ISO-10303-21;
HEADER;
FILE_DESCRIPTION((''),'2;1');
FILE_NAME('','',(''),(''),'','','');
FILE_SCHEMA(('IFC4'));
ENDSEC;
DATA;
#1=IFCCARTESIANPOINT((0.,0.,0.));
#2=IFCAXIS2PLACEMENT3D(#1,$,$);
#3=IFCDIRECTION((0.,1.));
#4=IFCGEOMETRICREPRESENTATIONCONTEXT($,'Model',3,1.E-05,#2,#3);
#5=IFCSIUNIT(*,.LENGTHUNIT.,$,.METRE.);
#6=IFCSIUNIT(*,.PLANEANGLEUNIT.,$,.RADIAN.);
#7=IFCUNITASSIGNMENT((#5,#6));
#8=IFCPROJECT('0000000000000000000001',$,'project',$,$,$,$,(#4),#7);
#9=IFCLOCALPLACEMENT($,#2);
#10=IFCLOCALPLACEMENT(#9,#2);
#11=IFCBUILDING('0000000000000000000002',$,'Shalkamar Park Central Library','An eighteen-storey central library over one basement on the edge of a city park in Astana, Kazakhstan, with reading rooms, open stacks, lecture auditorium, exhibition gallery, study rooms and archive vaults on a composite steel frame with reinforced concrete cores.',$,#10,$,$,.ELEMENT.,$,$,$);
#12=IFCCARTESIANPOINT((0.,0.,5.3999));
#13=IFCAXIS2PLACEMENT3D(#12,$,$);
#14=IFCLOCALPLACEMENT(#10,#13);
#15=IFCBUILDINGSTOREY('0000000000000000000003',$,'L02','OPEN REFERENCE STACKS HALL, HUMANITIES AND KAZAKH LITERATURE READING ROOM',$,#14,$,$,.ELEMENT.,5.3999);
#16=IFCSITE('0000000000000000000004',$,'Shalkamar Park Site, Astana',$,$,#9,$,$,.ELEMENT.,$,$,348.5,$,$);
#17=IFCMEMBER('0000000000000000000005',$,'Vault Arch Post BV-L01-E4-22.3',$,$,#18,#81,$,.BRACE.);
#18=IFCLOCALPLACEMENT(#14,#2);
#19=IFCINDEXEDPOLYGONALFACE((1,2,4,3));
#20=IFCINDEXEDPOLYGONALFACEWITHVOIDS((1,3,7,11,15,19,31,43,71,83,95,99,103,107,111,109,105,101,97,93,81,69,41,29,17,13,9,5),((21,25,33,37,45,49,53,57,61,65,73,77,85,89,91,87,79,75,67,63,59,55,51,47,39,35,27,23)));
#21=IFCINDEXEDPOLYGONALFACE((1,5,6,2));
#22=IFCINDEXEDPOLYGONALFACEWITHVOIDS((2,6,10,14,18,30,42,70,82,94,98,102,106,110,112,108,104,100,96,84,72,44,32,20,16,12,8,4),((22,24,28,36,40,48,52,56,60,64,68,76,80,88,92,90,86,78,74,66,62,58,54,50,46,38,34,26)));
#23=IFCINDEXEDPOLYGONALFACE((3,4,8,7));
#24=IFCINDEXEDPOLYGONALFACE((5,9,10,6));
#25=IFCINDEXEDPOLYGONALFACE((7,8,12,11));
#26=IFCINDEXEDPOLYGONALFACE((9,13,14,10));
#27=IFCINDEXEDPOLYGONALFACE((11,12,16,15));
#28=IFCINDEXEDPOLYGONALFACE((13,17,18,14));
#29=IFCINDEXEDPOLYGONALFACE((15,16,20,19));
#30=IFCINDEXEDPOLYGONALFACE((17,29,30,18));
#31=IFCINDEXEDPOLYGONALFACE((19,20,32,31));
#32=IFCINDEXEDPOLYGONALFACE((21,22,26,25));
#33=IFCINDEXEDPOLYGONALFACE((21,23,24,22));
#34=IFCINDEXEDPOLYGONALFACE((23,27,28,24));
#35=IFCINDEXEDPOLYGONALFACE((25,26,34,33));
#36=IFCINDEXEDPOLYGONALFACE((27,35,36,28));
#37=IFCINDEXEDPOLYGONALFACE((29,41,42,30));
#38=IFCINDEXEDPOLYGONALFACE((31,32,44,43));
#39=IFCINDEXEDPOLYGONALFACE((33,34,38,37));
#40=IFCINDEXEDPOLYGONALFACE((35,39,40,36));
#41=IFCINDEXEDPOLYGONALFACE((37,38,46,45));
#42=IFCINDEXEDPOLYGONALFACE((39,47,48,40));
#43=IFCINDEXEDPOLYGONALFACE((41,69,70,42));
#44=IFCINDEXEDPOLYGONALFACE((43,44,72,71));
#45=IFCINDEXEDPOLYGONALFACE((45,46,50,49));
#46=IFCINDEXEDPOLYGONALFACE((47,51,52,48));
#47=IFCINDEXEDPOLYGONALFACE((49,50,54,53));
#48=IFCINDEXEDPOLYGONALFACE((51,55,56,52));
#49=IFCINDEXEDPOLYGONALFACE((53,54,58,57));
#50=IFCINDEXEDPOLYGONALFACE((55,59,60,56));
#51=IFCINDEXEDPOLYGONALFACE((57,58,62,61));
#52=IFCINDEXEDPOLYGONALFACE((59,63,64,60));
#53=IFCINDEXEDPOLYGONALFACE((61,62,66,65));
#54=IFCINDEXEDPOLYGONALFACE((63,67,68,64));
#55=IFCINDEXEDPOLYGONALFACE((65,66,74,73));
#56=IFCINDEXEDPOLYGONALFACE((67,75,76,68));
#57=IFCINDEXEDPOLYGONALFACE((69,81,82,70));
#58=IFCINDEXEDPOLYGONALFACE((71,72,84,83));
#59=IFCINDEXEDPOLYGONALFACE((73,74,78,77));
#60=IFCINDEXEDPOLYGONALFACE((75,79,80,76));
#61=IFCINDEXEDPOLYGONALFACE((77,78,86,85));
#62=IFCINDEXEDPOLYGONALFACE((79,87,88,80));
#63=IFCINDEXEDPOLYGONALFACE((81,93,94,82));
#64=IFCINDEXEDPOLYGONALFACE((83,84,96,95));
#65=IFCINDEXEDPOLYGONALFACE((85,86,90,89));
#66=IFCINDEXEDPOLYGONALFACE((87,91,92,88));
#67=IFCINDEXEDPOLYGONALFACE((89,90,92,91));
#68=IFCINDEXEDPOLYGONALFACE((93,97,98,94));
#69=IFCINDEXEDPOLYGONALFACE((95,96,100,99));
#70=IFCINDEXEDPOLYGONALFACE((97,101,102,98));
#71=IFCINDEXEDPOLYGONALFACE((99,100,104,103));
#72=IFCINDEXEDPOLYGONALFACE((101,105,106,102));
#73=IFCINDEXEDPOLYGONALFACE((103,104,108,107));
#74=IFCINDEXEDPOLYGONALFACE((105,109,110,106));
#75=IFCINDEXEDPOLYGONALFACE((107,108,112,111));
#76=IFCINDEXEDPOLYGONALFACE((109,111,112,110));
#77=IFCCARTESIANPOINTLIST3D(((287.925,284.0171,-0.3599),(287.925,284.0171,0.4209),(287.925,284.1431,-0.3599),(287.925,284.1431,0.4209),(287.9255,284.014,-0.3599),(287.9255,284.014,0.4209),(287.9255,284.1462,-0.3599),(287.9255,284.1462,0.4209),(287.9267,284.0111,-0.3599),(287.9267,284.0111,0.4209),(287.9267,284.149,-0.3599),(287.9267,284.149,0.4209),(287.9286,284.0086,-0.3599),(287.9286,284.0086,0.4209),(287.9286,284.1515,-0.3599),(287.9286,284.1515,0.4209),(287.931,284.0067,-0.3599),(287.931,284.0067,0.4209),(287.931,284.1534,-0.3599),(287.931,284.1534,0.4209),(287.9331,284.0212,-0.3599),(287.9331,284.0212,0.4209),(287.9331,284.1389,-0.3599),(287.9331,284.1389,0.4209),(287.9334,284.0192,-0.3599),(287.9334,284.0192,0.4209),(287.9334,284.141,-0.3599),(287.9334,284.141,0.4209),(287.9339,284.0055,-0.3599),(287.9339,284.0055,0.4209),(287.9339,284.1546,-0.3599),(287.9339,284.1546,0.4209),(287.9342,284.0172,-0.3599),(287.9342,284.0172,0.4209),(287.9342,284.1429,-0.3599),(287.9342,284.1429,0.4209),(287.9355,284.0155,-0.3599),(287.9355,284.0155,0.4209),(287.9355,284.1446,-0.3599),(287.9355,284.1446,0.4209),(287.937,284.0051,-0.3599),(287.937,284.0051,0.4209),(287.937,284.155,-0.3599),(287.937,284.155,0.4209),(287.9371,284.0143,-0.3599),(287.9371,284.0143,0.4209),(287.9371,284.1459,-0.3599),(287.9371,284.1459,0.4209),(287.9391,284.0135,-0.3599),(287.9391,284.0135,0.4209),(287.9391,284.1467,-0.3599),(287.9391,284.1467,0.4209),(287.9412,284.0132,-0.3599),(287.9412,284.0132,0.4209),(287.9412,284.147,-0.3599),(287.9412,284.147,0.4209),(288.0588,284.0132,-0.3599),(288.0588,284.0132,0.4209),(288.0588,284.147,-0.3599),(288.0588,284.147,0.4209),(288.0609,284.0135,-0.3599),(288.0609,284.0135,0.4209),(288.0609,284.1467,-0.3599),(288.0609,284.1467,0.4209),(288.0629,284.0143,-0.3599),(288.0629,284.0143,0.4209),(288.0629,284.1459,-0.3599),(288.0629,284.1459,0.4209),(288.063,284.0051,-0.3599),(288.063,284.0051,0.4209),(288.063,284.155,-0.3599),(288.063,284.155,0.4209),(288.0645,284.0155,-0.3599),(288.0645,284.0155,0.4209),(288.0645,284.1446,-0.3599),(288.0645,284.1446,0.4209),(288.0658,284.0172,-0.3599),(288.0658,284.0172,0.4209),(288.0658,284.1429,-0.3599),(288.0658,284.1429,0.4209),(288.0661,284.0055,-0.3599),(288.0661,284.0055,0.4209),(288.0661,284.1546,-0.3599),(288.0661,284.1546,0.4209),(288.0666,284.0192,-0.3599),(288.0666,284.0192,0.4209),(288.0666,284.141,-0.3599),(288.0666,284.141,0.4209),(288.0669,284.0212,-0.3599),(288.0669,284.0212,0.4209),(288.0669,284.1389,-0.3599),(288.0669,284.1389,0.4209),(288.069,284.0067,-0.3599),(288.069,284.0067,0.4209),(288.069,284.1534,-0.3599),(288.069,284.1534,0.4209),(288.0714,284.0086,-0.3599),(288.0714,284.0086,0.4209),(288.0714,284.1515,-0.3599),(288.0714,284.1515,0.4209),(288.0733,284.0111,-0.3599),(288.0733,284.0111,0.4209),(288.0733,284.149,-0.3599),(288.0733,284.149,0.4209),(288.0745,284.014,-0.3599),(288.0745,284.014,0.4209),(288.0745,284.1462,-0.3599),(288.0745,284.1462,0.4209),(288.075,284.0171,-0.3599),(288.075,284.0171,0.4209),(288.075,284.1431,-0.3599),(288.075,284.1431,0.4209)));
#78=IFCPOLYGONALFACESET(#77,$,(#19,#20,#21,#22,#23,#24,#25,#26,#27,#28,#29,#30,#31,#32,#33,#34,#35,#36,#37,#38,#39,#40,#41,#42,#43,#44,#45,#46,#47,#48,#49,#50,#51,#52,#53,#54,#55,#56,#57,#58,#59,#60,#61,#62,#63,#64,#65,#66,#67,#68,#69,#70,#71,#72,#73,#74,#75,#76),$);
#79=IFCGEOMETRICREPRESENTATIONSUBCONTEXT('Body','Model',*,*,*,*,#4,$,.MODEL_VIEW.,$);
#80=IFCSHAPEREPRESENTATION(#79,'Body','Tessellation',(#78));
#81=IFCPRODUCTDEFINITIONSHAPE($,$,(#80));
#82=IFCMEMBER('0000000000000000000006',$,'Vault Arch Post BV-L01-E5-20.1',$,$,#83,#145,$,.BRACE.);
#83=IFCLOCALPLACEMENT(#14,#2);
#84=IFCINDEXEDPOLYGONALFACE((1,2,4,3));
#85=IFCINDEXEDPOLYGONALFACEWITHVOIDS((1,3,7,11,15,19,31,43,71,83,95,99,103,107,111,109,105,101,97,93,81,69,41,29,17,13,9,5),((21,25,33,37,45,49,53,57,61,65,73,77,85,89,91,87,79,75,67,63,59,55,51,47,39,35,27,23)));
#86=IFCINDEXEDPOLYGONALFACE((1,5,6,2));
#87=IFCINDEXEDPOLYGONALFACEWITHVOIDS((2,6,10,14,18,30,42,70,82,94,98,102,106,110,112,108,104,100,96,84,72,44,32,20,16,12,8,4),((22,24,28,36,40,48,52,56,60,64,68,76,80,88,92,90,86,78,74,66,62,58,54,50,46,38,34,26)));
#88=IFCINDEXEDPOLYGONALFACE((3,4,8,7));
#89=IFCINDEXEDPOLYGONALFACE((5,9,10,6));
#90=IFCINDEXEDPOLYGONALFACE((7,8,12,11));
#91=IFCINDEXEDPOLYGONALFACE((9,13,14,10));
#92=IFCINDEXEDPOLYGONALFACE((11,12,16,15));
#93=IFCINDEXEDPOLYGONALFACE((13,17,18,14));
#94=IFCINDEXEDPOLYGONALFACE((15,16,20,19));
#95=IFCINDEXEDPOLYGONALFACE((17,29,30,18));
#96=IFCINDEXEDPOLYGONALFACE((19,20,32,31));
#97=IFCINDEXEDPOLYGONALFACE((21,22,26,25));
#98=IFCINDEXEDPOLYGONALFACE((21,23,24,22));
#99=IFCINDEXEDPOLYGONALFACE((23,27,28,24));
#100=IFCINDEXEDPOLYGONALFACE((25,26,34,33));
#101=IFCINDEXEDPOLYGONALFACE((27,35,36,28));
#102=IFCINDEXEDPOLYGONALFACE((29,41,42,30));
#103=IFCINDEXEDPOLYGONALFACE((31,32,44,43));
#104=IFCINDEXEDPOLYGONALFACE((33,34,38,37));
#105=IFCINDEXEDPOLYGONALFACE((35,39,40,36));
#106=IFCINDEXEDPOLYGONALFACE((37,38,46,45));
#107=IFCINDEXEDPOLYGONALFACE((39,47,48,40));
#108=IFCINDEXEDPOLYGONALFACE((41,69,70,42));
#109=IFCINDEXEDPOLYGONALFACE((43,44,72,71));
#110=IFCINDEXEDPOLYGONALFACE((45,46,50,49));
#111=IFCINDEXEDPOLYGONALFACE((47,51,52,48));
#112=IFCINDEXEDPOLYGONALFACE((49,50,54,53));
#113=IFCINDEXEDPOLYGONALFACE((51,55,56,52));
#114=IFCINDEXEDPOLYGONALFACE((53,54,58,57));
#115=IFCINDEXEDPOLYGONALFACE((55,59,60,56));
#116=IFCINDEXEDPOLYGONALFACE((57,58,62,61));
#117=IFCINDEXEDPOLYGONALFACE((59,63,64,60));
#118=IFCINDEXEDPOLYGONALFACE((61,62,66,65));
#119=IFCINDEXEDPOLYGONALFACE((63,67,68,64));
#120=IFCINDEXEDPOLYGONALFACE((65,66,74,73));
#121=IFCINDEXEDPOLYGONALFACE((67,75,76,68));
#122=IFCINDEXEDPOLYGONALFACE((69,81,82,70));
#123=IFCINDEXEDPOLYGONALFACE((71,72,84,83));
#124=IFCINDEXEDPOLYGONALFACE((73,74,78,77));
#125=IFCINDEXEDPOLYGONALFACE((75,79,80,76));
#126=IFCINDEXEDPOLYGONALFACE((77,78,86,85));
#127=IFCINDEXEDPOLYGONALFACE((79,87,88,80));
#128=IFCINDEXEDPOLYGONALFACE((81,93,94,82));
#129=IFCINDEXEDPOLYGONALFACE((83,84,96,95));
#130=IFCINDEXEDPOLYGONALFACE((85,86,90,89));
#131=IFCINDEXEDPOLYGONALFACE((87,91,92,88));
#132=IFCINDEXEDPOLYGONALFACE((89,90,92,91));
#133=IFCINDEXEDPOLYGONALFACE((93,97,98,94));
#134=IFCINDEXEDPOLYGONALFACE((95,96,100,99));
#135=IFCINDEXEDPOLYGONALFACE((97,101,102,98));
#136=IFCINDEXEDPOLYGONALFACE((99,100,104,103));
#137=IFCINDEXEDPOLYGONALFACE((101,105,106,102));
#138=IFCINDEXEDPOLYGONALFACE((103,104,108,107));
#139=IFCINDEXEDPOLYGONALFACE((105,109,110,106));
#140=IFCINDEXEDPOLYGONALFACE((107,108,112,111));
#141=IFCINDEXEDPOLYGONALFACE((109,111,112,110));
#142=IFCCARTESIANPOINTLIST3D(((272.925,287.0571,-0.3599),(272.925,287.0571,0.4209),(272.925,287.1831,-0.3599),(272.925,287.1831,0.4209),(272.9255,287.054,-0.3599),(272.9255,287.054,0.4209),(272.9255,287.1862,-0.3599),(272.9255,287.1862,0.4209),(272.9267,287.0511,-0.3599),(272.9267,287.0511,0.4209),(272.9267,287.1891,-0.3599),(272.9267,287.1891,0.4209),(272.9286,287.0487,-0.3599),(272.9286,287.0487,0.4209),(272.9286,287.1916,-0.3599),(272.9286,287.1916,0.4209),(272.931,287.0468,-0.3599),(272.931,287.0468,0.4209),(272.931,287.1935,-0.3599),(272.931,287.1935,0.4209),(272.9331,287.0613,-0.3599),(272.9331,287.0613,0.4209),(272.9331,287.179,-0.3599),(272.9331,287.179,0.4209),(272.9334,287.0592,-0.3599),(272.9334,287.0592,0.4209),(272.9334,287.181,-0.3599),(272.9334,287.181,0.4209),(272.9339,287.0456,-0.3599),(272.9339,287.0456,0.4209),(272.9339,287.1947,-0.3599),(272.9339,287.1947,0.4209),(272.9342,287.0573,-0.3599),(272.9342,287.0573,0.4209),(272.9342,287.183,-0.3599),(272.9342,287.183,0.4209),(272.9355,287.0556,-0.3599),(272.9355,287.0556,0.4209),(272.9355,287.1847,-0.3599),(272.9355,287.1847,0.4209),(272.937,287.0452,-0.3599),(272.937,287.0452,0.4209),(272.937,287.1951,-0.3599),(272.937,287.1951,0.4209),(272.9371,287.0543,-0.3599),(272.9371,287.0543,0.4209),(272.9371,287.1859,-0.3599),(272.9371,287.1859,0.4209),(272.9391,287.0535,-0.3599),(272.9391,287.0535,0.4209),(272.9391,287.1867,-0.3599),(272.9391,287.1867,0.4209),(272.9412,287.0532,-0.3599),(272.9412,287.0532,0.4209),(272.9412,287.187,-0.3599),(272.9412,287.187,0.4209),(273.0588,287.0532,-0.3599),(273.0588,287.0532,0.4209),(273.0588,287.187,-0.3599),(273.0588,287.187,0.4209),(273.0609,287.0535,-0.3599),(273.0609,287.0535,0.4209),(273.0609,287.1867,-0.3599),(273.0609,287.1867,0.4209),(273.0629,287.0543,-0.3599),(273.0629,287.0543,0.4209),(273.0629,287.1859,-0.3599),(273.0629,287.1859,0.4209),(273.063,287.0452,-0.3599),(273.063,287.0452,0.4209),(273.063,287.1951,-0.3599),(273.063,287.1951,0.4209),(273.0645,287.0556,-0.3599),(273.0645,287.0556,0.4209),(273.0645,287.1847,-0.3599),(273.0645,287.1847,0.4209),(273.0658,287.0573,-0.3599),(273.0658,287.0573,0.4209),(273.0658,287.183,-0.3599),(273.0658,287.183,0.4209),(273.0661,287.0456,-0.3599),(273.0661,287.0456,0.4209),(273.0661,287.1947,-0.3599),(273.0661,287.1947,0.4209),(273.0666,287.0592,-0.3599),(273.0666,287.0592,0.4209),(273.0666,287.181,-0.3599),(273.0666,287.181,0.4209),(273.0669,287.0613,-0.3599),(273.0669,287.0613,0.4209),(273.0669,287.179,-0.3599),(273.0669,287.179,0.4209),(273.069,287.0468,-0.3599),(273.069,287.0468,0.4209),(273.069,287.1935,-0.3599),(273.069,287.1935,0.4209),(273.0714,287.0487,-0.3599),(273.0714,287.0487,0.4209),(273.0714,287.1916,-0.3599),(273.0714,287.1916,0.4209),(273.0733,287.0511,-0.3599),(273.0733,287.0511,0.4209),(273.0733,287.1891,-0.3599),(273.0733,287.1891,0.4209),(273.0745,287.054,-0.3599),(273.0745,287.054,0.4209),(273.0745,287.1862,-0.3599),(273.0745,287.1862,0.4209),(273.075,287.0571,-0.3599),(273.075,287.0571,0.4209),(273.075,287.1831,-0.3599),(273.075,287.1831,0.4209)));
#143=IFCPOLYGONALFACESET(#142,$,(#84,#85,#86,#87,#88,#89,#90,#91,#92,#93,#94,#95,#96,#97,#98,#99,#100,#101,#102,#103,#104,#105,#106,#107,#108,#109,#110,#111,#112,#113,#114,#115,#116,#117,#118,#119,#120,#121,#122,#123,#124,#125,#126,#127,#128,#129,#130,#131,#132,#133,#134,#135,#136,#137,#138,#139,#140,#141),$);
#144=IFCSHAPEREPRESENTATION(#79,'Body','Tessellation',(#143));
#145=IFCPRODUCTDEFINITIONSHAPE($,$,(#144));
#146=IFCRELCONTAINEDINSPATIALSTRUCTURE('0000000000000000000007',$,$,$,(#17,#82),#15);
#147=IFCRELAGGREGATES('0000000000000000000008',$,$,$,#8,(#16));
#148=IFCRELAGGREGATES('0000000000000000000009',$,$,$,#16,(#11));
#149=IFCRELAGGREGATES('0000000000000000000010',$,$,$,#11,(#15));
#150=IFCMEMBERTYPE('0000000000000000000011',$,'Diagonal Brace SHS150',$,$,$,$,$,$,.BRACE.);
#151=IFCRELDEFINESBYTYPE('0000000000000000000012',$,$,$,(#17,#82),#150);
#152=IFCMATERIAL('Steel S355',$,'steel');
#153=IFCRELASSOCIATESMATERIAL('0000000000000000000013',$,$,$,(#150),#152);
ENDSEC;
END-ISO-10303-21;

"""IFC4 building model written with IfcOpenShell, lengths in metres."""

from ifc_helpers import new_model, si_unit, direction, frame, origin, origin_2d, place, context, subcontext, project, spatial, hollow_rectangle, extrude, material, material_profile, profile_set, type_object, element, save


model = new_model("IFC4")

# Units and contexts
model_context = context("Model", 3, precision=1e-05, world=origin(), true_north=direction((0.0, 1.0)))
body_context = subcontext(model_context, "Body", "Model", "MODEL_VIEW")
ifc_project = project(units=[si_unit("LENGTHUNIT", "METRE"), si_unit("PLANEANGLEUNIT", "RADIAN")], contexts=[model_context])

# Site, building, storey
site_placement = place(None, origin())
site = spatial("IfcSite", under=ifc_project, at=site_placement, Name="Shalkamar Park Site, Astana", CompositionType="ELEMENT", RefElevation=348.5)
building_placement = place(site_placement, origin())
building = spatial("IfcBuilding", under=site, at=building_placement, Name="Shalkamar Park Central Library", Description="An eighteen-storey central library over one basement on the edge of a city park in Astana, Kazakhstan, with reading rooms, open stacks, lecture auditorium, exhibition gallery, study rooms and archive vaults on a composite steel frame with reinforced concrete cores.", CompositionType="ELEMENT")
storey_placement = place(building_placement, frame((0.0, 0.0, 5.3999)))
storey = spatial("IfcBuildingStorey", under=building, at=storey_placement, Name="L02", Description="OPEN REFERENCE STACKS HALL, HUMANITIES AND KAZAKH LITERATURE READING ROOM", CompositionType="ELEMENT", Elevation=5.3999)

# Shared definitions
ifc_material_1 = material(Name="Steel S355", Category="steel")

# Members
ifc_material_profile_1 = material_profile(ifc_material_1, hollow_rectangle(XDim=0.1499, YDim=0.1499, WallThickness=0.0081, InnerFilletRadius=0.0081, OuterFilletRadius=0.012, at=origin_2d()), Name="SHS 150x150x8")
ifc_profile_set_1 = profile_set([ifc_material_profile_1], Name="Steel S355")
member_type_1 = type_object("IfcMemberType", Name="Diagonal Brace SHS150", PredefinedType="BRACE", material=ifc_profile_set_1)
for number, where, z_axis, x_axis, name in (
    (1, (288.0, 284.0801, -0.3599), (0.0, 0.0, 1.0), (1.0, 0.0, 0.0), "Vault Arch Post BV-L01-E4-22.3"),
    (2, (273.0, 287.1201, -0.3599), (0.0, 0.0, 1.0), (1.0, 0.0, 0.0), "Vault Arch Post BV-L01-E5-20.1"),
):
    element("IfcMember", number, at=place(storey_placement, frame(where, z_axis=z_axis, x_axis=x_axis)), inside=storey, type_object=member_type_1, Name=name, PredefinedType="BRACE", context=body_context, shape_type="SweptSolid", body=[
        extrude(hollow_rectangle(XDim=0.1499, YDim=0.1499, WallThickness=0.0081, InnerFilletRadius=0.0081, OuterFilletRadius=0.012, at=origin_2d()), origin(), (0.0, 0.0, 1.0), 0.7808),
    ])

save(model, "model.ifc")
